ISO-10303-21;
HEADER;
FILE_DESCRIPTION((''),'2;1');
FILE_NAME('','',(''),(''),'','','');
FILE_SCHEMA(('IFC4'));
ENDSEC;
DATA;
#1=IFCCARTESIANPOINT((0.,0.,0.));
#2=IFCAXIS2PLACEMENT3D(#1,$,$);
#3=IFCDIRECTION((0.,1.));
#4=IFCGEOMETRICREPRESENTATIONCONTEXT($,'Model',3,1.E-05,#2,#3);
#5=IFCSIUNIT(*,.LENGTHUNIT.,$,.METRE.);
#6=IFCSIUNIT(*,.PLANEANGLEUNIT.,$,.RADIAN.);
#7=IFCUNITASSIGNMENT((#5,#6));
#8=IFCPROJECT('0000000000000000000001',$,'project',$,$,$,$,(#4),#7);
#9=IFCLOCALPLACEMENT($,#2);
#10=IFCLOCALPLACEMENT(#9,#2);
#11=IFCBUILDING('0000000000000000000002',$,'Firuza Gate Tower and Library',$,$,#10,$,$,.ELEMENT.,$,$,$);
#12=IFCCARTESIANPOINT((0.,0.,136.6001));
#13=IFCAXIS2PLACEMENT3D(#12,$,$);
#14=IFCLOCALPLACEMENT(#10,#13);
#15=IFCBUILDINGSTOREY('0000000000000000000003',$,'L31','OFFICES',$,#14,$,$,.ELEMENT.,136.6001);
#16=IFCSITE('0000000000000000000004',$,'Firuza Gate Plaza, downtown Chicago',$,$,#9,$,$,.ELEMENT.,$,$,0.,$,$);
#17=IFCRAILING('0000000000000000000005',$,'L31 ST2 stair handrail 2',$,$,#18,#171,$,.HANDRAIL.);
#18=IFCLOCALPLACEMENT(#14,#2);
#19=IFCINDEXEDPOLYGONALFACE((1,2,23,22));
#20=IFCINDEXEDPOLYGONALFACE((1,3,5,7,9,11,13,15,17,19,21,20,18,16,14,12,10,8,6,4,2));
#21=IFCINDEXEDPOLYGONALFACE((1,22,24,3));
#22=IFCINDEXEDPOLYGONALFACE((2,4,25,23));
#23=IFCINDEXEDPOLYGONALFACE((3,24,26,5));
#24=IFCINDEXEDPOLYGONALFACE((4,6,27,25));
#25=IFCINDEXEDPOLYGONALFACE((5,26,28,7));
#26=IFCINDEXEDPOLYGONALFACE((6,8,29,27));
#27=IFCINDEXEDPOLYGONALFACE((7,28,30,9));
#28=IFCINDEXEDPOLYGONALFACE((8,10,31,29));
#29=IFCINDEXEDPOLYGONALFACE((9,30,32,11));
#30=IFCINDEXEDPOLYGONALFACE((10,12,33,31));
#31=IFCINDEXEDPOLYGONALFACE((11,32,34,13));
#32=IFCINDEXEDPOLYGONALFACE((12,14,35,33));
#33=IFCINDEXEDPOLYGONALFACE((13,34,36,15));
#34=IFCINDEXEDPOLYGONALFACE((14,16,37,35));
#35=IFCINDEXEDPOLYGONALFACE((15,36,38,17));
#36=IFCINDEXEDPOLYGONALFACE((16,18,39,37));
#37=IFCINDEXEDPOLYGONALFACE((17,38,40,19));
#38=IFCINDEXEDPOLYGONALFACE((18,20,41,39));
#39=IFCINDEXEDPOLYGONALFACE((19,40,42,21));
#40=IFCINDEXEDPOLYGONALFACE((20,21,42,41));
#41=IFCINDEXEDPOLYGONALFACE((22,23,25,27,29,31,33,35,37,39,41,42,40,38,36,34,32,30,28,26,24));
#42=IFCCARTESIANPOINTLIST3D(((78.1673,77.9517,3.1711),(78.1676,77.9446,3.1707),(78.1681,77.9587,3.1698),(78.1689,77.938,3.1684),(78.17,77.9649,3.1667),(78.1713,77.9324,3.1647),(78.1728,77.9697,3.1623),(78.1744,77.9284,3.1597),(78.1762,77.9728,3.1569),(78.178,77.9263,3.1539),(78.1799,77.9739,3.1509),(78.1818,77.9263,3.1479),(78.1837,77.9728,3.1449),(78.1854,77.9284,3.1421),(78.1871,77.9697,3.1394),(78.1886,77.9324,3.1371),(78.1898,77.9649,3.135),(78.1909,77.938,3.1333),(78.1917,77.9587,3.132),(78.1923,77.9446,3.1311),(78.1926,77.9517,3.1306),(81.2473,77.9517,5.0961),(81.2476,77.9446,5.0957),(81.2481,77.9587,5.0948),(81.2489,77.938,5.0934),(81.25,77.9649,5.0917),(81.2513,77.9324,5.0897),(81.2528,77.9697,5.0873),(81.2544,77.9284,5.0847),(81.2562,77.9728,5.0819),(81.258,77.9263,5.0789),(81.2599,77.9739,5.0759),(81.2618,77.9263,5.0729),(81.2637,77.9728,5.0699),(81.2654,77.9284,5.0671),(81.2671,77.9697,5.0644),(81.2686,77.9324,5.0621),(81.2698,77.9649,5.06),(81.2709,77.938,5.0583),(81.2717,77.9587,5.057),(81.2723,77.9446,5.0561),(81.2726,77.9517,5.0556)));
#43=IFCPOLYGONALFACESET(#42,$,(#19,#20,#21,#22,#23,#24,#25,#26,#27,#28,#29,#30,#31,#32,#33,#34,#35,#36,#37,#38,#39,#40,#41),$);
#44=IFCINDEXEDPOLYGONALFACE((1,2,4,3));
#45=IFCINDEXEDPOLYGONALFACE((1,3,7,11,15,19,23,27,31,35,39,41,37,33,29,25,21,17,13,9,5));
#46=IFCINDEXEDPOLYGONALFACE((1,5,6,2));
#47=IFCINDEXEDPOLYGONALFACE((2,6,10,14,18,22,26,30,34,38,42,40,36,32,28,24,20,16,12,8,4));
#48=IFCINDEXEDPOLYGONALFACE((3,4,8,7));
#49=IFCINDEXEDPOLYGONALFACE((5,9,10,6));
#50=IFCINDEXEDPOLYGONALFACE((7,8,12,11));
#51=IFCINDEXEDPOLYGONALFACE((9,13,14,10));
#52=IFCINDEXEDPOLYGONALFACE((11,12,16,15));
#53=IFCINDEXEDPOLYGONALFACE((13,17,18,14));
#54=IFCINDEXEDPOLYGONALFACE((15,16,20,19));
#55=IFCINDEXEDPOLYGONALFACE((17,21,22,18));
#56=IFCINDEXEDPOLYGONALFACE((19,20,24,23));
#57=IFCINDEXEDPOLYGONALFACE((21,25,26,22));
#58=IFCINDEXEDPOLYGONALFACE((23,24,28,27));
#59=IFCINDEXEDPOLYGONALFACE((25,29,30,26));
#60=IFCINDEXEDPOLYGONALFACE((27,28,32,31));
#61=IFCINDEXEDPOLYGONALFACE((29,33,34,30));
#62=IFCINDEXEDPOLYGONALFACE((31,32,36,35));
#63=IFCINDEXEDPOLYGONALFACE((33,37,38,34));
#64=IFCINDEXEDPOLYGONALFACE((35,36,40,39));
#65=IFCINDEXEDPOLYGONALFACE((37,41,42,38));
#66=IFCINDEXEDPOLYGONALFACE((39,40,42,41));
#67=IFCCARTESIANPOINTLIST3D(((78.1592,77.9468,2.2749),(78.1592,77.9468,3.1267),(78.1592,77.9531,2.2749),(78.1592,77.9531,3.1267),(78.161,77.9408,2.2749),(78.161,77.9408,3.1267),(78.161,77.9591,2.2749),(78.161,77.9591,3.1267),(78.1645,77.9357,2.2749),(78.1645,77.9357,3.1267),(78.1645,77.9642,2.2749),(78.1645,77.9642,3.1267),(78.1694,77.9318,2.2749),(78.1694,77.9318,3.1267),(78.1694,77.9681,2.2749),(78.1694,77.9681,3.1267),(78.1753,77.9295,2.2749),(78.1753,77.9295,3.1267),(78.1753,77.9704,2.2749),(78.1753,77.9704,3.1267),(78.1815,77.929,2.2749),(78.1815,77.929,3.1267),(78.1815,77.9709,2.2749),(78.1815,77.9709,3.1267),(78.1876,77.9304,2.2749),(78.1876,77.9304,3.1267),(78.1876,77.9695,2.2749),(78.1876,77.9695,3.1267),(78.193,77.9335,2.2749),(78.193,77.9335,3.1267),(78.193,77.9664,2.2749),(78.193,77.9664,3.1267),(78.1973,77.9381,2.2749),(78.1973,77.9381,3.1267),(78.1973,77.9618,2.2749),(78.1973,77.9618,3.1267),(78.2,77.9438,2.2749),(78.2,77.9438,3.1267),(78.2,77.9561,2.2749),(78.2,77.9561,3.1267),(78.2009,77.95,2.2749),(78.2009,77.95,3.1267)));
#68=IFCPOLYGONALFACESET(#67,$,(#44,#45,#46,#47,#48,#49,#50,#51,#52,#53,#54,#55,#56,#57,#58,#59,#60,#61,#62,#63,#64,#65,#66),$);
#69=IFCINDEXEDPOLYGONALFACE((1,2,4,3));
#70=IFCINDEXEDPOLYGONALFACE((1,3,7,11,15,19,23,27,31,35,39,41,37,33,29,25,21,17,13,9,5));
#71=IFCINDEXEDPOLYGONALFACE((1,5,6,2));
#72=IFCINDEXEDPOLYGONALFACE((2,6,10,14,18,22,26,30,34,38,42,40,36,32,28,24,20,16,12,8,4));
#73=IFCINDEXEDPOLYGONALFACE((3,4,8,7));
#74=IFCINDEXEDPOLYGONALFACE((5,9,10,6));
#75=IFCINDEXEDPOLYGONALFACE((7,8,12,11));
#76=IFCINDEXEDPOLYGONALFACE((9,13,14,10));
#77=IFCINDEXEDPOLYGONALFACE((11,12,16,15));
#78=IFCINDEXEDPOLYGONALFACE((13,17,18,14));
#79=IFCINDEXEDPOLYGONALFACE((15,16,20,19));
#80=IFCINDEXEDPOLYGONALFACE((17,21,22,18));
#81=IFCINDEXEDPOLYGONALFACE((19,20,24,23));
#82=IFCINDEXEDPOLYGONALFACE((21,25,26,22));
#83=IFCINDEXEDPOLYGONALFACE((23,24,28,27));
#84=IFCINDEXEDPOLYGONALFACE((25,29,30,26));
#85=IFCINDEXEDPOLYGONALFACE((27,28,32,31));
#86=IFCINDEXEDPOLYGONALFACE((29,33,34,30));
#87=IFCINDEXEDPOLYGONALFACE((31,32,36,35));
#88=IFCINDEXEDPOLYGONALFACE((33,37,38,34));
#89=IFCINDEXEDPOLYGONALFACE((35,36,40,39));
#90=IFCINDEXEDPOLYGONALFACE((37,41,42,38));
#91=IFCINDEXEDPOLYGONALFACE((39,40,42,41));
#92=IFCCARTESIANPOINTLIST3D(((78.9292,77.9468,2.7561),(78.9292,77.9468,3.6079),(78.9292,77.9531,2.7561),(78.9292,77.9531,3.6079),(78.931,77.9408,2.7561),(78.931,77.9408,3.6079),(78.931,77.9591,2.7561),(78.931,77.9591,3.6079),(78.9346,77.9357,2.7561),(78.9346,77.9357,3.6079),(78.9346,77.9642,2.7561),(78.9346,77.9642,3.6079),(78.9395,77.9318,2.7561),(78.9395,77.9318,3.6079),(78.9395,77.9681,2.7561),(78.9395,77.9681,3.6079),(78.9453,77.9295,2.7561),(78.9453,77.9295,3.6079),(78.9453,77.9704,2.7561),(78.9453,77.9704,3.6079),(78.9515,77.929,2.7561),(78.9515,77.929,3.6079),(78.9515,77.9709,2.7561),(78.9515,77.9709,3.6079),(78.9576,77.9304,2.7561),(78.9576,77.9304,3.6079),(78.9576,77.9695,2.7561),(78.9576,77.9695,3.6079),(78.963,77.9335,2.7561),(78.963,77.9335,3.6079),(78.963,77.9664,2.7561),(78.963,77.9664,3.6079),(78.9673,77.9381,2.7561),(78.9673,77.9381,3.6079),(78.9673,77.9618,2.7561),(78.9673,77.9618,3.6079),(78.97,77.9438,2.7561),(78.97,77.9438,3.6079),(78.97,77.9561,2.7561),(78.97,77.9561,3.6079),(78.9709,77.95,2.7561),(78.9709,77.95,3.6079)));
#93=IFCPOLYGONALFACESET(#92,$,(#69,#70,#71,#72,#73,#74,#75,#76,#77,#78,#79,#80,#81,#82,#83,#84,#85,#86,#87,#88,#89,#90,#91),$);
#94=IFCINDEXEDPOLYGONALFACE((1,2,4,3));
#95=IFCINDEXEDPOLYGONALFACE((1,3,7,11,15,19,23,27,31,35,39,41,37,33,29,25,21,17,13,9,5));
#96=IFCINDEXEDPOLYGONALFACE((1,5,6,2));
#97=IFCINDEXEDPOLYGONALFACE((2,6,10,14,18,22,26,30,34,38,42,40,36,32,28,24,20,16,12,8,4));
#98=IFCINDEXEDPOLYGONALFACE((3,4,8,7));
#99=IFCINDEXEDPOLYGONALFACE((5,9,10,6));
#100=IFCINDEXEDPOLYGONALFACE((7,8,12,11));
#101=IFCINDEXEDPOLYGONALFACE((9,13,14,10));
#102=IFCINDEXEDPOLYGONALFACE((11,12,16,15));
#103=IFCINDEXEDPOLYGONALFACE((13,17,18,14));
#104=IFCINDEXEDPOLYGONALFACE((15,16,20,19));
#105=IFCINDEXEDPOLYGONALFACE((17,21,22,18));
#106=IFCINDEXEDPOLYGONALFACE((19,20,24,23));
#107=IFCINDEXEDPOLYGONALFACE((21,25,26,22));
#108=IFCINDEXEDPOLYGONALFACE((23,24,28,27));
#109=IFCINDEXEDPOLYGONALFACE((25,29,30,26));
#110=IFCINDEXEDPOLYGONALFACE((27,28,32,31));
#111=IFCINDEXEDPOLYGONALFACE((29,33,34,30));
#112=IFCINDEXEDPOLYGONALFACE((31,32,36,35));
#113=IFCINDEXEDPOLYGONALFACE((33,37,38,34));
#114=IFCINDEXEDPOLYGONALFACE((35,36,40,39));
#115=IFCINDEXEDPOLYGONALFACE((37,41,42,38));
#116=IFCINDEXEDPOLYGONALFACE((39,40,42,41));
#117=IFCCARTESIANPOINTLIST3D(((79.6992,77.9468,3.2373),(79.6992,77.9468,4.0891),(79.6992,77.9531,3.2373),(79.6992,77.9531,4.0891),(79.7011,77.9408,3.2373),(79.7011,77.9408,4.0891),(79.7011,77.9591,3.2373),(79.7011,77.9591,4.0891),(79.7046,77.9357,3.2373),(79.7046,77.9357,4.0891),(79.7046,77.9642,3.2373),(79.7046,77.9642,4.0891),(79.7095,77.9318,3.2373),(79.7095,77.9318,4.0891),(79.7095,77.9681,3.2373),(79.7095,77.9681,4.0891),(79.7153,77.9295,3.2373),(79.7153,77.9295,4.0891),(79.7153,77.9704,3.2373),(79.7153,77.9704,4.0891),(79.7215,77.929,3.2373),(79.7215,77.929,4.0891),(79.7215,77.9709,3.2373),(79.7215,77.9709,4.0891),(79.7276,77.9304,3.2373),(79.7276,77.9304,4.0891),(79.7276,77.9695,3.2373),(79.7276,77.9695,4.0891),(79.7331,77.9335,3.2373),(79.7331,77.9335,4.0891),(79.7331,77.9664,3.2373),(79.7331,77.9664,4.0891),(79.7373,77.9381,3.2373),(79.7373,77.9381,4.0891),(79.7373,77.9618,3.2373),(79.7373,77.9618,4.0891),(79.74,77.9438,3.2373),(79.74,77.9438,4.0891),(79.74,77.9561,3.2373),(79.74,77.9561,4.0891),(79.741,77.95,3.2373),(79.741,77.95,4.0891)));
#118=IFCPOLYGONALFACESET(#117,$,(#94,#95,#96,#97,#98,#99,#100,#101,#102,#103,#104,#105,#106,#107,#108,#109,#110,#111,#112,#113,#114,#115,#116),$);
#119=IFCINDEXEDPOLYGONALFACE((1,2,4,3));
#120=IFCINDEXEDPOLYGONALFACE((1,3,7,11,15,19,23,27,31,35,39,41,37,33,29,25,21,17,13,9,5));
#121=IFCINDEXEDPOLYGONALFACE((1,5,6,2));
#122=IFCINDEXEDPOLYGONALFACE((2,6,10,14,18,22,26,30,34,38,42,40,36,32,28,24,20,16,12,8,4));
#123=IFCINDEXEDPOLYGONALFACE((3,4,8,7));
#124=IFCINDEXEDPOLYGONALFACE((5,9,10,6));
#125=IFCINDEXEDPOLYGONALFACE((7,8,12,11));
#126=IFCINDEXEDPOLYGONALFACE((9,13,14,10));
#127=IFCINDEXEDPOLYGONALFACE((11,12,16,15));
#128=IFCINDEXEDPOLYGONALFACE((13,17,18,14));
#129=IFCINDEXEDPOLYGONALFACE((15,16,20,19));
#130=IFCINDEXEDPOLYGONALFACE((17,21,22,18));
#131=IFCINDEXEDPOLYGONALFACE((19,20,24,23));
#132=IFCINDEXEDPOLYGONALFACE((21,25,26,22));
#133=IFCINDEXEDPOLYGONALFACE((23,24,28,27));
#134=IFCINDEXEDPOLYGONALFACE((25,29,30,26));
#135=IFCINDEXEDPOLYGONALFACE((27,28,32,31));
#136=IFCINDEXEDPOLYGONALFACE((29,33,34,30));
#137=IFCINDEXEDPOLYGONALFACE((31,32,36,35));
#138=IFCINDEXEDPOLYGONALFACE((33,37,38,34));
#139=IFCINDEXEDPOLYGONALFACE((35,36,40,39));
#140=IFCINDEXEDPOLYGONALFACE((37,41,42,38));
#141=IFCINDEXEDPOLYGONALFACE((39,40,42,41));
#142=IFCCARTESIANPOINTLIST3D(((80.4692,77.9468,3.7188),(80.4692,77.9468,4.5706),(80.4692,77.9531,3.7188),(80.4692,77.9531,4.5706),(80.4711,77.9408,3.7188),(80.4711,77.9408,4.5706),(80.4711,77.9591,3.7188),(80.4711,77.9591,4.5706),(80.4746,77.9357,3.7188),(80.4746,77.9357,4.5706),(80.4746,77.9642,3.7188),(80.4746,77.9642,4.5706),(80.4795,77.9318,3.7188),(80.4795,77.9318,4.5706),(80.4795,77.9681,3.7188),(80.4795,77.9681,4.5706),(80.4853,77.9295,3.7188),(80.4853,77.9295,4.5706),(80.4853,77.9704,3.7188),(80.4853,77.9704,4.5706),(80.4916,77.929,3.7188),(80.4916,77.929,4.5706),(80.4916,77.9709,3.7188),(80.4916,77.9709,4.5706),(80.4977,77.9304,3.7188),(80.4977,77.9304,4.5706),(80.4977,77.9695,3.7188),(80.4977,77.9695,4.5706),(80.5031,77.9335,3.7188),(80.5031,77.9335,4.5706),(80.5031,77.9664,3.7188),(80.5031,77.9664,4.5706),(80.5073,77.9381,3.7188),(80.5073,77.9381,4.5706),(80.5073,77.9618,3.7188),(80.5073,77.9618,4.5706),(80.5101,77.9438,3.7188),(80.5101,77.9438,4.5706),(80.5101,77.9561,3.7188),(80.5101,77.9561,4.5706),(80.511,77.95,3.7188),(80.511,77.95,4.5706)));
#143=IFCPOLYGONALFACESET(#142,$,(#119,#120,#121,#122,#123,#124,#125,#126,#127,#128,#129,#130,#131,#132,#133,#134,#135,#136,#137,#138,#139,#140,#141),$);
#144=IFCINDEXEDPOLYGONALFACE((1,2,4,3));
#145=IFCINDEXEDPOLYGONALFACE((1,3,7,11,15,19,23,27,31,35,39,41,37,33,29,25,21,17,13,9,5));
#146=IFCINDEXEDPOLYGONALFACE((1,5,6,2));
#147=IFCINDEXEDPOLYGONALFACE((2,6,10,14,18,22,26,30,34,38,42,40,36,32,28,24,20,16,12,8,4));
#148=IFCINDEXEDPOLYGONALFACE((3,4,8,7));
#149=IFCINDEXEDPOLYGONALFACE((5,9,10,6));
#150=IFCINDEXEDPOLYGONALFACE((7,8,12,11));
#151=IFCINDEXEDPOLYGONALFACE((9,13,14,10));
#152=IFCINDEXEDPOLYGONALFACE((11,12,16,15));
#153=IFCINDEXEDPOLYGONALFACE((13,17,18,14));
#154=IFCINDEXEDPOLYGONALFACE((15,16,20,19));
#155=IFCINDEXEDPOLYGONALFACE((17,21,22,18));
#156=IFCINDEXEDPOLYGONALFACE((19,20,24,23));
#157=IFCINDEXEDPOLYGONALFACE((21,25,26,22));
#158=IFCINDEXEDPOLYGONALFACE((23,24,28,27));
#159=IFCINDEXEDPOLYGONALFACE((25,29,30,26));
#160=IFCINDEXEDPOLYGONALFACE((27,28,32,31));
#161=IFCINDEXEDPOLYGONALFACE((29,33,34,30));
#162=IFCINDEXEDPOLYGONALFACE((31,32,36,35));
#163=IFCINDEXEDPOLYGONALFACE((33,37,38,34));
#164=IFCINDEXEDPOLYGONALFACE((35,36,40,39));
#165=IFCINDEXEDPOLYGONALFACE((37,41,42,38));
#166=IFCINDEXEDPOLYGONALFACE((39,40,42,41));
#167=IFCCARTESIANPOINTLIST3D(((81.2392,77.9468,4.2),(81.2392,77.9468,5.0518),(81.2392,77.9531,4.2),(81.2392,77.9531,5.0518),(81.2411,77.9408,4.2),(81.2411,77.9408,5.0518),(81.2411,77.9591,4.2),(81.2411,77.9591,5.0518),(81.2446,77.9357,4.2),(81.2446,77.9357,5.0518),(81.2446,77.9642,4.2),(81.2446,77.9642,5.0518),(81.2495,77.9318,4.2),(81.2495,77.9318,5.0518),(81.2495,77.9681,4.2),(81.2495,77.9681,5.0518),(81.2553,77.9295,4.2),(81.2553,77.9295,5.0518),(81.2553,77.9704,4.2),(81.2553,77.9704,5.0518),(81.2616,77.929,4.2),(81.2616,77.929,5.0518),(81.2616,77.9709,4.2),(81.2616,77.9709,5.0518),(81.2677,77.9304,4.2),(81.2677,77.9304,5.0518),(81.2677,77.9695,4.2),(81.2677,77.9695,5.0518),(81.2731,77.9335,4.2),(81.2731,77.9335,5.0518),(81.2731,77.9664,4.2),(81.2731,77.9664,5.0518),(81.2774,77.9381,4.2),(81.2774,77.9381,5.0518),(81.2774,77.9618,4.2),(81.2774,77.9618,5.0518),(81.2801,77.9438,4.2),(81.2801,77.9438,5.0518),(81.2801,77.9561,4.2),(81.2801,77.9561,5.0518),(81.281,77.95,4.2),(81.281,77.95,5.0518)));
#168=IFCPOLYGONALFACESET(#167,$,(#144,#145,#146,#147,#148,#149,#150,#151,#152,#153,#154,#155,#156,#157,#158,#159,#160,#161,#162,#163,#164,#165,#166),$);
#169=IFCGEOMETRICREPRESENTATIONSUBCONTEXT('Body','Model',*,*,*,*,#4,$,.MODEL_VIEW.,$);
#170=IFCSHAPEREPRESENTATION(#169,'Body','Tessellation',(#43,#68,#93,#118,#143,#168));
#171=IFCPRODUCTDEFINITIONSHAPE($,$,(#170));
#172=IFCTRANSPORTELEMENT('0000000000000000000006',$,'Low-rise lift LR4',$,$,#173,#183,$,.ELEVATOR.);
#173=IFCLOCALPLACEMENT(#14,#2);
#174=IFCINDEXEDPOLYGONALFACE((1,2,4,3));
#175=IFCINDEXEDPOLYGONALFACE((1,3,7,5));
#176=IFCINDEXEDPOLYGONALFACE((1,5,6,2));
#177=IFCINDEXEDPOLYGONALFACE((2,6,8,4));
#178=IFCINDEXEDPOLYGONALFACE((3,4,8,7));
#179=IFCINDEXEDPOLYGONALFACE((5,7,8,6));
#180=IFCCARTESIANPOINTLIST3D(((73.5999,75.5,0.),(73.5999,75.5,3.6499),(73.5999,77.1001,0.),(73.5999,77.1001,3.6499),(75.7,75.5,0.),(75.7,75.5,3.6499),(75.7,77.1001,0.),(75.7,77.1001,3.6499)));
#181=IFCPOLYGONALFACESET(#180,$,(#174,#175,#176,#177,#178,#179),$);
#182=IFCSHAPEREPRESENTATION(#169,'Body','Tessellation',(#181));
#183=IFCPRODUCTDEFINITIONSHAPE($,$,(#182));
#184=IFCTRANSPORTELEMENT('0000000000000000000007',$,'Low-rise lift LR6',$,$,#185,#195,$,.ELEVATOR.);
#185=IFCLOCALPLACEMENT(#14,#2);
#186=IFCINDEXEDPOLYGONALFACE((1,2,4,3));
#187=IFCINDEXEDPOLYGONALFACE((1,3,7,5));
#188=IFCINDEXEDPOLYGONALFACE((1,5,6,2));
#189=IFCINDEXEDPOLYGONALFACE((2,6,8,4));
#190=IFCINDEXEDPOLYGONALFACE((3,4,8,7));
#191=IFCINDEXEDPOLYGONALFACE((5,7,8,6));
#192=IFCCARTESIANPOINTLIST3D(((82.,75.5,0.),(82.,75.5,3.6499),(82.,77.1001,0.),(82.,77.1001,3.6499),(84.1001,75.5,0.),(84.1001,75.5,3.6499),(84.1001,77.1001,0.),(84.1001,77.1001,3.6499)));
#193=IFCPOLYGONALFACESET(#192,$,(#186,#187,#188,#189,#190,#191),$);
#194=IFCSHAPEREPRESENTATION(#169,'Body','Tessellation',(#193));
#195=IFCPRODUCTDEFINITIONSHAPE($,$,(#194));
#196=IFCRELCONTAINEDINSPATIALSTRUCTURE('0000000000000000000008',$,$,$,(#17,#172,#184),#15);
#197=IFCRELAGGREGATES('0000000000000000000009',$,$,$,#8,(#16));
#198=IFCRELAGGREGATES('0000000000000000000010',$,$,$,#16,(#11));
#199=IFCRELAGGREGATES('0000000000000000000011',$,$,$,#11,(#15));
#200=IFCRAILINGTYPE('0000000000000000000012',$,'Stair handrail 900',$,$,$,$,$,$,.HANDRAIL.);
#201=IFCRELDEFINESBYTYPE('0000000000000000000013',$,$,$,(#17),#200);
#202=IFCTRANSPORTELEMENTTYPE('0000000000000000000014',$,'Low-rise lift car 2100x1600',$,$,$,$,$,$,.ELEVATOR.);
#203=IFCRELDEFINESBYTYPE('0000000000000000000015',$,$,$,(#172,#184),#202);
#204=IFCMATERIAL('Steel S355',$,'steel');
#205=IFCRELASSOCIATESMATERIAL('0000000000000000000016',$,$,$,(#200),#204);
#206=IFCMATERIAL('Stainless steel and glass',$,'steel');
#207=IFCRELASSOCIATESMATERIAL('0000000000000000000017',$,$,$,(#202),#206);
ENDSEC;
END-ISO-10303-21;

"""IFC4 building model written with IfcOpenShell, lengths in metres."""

from ifc_helpers import new_model, si_unit, direction, frame, origin, origin_2d, place, context, subcontext, project, spatial, rectangle, circle, extrude, material, type_object, element, save


model = new_model("IFC4")

# Units and contexts
model_context = context("Model", 3, precision=1e-05, world=origin(), true_north=direction((0.0, 1.0)))
body_context = subcontext(model_context, "Body", "Model", "MODEL_VIEW")
ifc_project = project(units=[si_unit("LENGTHUNIT", "METRE"), si_unit("PLANEANGLEUNIT", "RADIAN")], contexts=[model_context])

# Site, building, storey
site_placement = place(None, origin())
site = spatial("IfcSite", under=ifc_project, at=site_placement, Name="Firuza Gate Plaza, downtown Chicago", CompositionType="ELEMENT", RefElevation=0.0)
building_placement = place(site_placement, origin())
building = spatial("IfcBuilding", under=site, at=building_placement, Name="Firuza Gate Tower and Library", CompositionType="ELEMENT")
storey_placement = place(building_placement, frame((0.0, 0.0, 136.6001)))
storey = spatial("IfcBuildingStorey", under=building, at=storey_placement, Name="L31", Description="OFFICES", CompositionType="ELEMENT", Elevation=136.6001)

# Railing
ifc_material_1 = material(Name="Steel S355", Category="steel")
railing_type_1 = type_object("IfcRailingType", Name="Stair handrail 900", PredefinedType="HANDRAIL", material=ifc_material_1)
railing_1_placement = place(storey_placement, frame((78.1799, 77.95, 2.2749)))
element("IfcRailing", 1, at=railing_1_placement, inside=storey, type_object=railing_type_1, Name="L31 ST2 stair handrail 2", PredefinedType="HANDRAIL", context=body_context, shape_type="SweptSolid", body=[
    extrude(circle(Radius=0.0239, at=origin_2d()), frame((0.0, 0.0, 0.876), z_axis=(0.847998, 0.0, 0.529999), x_axis=(0.0, 1.0, 0.0)), (0.0, 0.0, 1.0), 3.6321),
    extrude(circle(Radius=0.021, at=origin_2d()), origin(), (0.0, 0.0, 1.0), 0.8518),
    extrude(circle(Radius=0.021, at=origin_2d()), frame((0.77, 0.0, 0.4812)), (0.0, 0.0, 1.0), 0.8518),
    extrude(circle(Radius=0.021, at=origin_2d()), frame((1.54, 0.0, 0.9624)), (0.0, 0.0, 1.0), 0.8518),
    extrude(circle(Radius=0.021, at=origin_2d()), frame((2.3101, 0.0, 1.4438)), (0.0, 0.0, 1.0), 0.8518),
    extrude(circle(Radius=0.021, at=origin_2d()), frame((3.0801, 0.0, 1.925)), (0.0, 0.0, 1.0), 0.8518),
])

# Transport elements
ifc_material_2 = material(Name="Stainless steel and glass", Category="steel")
transport_element_type = type_object("IfcTransportElementType", Name="Low-rise lift car 2100x1600", PredefinedType="ELEVATOR", material=ifc_material_2)
for number, where, z_axis, x_axis, name in (
    (2, (74.6499, 76.3, 0.0), (0.0, 0.0, 1.0), (1.0, 0.0, 0.0), "Low-rise lift LR4"),
    (3, (83.05, 76.3, 0.0), (0.0, 0.0, 1.0), (1.0, 0.0, 0.0), "Low-rise lift LR6"),
):
    element("IfcTransportElement", number, at=place(storey_placement, frame(where, z_axis=z_axis, x_axis=x_axis)), inside=storey, type_object=transport_element_type, Name=name, PredefinedType="ELEVATOR", context=body_context, shape_type="SweptSolid", body=[
        extrude(rectangle(XDim=2.1001, YDim=1.6001, at=origin_2d()), origin(), (0.0, 0.0, 1.0), 3.6499),
    ])

save(model, "model.ifc")
